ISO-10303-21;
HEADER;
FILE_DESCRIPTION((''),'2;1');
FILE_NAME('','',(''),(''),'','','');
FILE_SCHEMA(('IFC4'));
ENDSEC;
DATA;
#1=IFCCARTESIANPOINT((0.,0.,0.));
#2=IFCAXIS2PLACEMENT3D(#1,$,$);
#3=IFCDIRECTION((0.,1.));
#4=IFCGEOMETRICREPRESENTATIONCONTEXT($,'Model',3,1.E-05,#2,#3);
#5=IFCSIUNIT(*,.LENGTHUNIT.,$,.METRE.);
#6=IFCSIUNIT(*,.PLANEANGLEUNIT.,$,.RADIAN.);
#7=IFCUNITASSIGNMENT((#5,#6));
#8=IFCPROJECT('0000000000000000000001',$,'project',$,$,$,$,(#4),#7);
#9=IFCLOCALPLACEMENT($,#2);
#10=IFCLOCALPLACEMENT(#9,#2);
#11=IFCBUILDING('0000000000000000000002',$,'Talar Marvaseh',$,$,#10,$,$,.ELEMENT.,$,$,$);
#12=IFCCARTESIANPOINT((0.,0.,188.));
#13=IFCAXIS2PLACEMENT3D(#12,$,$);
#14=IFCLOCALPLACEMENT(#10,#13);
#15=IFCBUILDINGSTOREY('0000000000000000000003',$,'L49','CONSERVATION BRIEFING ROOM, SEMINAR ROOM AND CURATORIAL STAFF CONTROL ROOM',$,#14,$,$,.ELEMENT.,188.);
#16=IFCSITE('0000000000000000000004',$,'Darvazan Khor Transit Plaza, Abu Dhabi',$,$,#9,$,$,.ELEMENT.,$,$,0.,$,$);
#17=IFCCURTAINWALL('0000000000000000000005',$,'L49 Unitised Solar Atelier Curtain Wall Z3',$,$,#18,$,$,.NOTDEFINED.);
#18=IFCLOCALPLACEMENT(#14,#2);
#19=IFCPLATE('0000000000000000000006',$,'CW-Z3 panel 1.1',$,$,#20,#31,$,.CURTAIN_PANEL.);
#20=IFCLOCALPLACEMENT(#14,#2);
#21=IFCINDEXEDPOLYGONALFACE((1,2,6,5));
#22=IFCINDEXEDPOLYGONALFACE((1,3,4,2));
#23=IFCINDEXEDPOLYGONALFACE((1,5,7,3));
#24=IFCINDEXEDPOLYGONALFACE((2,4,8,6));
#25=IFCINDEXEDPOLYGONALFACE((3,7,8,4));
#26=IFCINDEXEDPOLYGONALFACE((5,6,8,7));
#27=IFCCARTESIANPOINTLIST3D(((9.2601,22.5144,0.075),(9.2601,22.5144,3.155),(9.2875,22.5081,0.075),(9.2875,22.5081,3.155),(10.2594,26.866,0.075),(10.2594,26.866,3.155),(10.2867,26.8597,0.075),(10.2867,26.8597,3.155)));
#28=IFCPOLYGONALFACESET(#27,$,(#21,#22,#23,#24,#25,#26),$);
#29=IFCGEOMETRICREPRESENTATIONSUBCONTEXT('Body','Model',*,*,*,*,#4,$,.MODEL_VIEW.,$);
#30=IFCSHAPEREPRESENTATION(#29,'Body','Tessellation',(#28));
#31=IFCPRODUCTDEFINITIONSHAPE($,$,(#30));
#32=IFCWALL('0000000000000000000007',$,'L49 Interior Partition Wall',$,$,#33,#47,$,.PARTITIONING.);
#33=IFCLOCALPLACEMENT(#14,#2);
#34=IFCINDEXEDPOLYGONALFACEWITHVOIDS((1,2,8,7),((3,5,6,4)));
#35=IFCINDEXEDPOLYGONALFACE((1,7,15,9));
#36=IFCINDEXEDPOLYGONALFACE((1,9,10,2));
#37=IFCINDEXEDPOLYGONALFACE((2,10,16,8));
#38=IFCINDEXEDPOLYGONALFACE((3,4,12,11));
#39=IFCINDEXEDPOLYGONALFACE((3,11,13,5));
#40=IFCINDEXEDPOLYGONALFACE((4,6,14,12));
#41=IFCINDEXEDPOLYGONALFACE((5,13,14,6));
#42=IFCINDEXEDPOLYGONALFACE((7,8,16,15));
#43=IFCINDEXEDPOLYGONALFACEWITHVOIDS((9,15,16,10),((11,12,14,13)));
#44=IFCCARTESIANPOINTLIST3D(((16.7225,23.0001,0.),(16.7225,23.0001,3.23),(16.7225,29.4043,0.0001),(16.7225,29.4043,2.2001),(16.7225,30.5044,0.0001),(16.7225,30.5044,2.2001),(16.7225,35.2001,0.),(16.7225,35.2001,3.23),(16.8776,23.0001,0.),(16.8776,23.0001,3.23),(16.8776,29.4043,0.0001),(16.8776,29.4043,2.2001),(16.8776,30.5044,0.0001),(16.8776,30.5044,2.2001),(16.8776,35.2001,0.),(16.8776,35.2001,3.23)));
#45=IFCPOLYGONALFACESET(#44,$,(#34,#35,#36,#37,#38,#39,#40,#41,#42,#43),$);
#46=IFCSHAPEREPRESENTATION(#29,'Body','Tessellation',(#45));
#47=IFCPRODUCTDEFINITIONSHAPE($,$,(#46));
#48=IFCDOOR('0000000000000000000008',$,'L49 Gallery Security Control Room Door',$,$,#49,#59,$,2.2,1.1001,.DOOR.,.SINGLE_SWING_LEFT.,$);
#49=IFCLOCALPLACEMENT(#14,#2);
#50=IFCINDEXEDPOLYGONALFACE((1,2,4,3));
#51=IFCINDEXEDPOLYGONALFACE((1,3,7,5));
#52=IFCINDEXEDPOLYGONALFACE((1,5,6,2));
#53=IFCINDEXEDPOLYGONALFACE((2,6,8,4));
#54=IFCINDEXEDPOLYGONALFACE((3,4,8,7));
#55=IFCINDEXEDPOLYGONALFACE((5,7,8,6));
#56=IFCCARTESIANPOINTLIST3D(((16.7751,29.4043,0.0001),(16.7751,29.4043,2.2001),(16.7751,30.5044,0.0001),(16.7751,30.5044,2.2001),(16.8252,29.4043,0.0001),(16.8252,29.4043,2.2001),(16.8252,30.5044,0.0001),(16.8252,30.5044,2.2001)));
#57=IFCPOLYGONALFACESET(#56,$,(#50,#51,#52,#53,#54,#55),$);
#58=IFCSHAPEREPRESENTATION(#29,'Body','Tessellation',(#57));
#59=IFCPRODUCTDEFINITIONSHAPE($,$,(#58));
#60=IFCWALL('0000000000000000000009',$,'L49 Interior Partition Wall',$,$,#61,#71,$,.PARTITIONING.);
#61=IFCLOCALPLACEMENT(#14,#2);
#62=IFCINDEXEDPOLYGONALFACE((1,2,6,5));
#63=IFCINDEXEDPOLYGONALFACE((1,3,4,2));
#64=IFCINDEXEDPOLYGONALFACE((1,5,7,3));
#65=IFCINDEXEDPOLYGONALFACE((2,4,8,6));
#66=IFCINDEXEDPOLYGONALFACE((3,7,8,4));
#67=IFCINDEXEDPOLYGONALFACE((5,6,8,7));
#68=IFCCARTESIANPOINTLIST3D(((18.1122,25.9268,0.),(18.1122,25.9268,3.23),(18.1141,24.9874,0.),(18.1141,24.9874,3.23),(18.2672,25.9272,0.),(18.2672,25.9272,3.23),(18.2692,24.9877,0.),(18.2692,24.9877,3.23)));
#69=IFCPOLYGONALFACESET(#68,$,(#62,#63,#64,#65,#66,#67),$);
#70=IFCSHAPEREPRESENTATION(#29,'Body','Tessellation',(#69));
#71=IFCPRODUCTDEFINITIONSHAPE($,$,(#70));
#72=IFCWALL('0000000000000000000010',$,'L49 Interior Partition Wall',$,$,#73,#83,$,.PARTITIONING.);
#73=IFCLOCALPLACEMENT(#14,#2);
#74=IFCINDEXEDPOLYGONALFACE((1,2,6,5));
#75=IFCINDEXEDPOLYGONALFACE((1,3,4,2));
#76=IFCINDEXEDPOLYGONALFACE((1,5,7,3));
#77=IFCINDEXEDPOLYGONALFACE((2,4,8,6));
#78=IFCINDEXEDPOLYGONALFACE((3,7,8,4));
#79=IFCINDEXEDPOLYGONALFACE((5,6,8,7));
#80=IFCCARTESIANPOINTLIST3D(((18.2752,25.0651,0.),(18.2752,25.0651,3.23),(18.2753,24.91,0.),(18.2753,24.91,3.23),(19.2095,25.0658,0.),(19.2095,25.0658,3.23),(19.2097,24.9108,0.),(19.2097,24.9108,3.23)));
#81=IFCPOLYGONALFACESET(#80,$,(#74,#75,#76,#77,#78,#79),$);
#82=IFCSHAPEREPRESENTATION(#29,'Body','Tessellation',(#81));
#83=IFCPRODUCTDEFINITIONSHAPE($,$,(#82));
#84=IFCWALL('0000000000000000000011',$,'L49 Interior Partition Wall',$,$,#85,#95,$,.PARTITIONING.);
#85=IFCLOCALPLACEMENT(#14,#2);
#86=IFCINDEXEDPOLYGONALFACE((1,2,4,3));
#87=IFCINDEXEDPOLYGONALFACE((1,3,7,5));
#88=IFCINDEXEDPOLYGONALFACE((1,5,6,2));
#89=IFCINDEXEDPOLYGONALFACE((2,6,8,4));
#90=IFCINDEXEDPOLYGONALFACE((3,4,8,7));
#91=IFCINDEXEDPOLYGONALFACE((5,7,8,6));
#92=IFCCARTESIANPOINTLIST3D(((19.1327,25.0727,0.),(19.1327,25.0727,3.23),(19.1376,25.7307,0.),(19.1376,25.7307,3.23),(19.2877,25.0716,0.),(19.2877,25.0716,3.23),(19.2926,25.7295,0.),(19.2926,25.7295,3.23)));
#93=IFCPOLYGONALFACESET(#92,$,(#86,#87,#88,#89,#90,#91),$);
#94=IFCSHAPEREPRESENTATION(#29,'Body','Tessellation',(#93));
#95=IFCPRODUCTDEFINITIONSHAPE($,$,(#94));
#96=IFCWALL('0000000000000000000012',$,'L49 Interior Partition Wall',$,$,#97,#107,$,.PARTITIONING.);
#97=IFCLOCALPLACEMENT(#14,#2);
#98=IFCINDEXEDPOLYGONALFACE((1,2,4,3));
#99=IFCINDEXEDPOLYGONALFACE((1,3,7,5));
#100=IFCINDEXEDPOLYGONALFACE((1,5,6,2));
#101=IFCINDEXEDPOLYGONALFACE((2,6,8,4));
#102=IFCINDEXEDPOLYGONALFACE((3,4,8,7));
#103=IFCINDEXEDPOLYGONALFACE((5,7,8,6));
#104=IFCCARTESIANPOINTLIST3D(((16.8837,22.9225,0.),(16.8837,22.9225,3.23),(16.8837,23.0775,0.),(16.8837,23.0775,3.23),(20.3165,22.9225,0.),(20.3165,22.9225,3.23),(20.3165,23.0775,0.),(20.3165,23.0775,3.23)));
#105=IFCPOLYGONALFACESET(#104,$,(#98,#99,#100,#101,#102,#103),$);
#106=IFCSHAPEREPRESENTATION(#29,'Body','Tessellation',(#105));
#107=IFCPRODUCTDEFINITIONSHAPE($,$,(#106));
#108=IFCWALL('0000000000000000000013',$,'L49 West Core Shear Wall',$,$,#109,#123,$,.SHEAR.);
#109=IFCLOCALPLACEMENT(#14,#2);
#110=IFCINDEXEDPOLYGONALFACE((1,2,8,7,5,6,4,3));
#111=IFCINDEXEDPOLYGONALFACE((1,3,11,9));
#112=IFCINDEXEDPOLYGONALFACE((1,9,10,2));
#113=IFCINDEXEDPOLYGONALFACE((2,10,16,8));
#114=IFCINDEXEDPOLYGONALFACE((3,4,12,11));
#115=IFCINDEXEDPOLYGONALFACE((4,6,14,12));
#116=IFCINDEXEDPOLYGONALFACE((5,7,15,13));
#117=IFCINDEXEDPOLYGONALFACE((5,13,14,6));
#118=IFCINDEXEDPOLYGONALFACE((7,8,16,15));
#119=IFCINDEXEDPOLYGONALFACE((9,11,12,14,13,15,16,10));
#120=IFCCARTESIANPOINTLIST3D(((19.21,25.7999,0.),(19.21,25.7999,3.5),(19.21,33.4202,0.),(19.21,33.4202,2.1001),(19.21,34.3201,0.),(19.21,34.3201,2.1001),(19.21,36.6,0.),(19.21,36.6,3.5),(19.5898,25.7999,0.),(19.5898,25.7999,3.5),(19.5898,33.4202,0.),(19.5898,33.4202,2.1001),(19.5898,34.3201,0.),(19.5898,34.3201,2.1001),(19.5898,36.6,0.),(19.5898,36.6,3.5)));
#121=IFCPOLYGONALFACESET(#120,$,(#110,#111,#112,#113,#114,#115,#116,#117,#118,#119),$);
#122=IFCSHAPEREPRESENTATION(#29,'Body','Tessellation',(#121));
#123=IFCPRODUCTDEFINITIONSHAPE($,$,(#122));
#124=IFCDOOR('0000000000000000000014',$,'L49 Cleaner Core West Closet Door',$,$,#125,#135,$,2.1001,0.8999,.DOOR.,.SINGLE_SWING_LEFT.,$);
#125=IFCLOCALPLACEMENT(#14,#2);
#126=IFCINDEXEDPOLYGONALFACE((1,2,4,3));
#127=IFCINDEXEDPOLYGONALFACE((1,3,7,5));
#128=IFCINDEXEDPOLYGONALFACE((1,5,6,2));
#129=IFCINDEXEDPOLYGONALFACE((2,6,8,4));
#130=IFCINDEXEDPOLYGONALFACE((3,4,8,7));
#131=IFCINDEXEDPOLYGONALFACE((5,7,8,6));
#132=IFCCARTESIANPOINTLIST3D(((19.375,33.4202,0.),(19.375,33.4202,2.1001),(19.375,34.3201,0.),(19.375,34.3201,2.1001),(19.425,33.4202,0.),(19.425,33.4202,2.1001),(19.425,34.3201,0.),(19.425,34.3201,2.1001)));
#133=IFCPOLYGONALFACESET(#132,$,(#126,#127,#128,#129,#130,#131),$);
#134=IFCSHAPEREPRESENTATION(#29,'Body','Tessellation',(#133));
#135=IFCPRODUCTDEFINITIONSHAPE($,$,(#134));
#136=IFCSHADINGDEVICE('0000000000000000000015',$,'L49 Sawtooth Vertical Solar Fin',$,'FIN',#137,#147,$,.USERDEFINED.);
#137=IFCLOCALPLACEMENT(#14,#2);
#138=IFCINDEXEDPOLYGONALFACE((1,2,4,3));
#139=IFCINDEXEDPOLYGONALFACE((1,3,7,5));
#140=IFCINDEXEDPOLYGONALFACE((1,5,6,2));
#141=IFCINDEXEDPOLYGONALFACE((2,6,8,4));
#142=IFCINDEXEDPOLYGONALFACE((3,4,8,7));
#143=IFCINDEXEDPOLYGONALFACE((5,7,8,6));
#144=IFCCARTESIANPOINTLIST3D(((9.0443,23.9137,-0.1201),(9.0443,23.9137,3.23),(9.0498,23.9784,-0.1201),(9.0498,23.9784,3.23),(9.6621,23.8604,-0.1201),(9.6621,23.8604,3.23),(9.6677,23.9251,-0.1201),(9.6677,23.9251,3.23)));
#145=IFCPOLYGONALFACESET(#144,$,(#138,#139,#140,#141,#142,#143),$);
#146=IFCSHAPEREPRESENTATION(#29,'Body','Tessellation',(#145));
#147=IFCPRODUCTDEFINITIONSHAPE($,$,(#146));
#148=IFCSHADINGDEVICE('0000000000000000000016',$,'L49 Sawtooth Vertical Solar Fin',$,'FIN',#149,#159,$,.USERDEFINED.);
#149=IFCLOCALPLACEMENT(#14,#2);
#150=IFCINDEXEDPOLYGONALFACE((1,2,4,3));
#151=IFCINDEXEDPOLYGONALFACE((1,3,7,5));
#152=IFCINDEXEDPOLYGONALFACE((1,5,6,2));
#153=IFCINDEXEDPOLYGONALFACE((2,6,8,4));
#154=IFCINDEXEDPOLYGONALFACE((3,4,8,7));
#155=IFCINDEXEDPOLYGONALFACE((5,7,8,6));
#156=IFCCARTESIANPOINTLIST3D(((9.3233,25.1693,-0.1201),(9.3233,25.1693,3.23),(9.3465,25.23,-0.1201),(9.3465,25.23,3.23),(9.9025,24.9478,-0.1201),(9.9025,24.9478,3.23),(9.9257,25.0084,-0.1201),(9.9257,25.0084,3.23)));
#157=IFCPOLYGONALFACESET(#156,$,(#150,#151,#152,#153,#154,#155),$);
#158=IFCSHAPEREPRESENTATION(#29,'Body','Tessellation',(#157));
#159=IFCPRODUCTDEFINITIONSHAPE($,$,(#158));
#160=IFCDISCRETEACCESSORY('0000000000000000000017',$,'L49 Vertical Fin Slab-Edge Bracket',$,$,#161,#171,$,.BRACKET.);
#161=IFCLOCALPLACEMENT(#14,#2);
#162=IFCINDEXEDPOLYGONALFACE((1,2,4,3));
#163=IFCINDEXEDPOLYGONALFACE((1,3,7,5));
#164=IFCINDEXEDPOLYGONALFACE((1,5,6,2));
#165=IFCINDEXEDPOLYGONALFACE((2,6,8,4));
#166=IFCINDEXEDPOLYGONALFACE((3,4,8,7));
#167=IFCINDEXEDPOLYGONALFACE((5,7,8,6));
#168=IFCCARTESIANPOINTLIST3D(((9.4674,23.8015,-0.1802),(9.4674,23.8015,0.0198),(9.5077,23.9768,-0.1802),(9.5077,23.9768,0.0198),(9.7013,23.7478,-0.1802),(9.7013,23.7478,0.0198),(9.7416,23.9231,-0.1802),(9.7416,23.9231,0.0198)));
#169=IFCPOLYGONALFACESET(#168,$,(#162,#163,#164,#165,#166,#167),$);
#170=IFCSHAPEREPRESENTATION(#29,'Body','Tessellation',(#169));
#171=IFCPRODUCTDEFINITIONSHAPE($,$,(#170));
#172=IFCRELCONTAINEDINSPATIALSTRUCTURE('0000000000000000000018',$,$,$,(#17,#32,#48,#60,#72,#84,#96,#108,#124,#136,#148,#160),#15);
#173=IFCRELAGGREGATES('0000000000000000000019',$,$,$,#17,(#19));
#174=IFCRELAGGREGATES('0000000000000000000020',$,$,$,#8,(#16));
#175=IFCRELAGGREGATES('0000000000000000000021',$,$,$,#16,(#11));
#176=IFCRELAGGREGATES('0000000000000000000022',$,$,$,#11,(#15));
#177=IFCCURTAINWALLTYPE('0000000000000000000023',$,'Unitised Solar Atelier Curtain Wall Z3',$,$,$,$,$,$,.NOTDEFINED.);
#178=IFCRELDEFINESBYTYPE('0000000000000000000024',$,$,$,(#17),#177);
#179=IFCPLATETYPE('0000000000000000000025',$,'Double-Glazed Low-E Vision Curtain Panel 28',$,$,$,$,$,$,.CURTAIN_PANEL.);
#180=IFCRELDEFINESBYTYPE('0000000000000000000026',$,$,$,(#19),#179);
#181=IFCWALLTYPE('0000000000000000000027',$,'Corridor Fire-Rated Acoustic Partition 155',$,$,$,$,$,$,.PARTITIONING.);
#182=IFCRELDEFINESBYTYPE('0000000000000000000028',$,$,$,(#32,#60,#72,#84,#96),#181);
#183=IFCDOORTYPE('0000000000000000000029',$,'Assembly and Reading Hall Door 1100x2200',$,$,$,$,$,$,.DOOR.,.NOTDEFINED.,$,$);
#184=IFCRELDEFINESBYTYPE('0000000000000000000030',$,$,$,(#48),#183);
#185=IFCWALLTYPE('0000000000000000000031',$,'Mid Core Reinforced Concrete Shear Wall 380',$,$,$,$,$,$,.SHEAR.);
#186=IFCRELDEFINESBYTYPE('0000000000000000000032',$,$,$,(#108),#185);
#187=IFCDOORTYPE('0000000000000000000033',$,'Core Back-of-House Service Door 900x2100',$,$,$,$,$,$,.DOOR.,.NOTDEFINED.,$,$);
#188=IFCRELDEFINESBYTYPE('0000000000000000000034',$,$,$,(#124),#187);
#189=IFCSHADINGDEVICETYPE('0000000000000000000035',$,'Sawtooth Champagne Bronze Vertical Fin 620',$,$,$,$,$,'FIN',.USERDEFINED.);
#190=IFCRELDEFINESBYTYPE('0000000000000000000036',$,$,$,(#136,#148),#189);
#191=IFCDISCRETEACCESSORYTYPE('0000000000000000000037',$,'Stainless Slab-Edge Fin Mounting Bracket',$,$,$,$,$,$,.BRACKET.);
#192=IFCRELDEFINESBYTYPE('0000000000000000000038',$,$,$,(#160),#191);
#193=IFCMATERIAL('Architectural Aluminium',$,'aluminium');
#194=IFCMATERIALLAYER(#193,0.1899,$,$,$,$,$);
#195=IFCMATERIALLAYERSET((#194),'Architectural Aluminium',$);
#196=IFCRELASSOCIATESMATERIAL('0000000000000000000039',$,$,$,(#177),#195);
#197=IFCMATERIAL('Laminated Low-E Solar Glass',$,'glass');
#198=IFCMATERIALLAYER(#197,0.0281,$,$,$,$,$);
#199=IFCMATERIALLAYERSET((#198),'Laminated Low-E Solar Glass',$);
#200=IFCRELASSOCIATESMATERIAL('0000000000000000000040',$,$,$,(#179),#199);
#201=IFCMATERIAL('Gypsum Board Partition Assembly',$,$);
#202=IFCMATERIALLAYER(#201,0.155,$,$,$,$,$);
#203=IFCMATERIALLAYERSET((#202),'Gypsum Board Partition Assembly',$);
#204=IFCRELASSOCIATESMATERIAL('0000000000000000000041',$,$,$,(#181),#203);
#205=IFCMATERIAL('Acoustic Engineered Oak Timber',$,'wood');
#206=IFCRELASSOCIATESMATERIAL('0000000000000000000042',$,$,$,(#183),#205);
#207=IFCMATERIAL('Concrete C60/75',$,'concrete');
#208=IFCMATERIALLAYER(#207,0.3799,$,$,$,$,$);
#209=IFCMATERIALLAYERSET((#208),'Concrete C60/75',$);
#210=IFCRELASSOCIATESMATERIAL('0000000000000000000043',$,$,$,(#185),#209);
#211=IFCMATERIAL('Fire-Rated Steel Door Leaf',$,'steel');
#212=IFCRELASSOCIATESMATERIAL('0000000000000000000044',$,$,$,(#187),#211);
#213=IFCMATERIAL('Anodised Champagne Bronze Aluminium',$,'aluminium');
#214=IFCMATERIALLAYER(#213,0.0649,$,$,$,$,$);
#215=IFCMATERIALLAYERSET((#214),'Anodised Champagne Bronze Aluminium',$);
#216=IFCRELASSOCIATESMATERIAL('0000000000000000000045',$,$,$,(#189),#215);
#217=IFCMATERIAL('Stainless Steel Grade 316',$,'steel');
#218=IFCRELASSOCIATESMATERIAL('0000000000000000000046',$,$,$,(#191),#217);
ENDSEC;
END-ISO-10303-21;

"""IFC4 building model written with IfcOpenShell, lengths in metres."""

from ifc_helpers import new_model, si_unit, direction, frame, frame_2d, origin, origin_2d, place, context, subcontext, project, spatial, rectangle, extrude, source, transform, mapped, material, layer, layer_set, type_object, type_shapes, element, fill, aggregate, save


model = new_model("IFC4")

# Units and contexts
model_context = context("Model", 3, precision=1e-05, world=origin(), true_north=direction((0.0, 1.0)))
body_context = subcontext(model_context, "Body", "Model", "MODEL_VIEW")
ifc_project = project(units=[si_unit("LENGTHUNIT", "METRE"), si_unit("PLANEANGLEUNIT", "RADIAN")], contexts=[model_context])

# Site, building, storey
site_placement = place(None, origin())
site = spatial("IfcSite", under=ifc_project, at=site_placement, Name="Darvazan Khor Transit Plaza, Abu Dhabi", CompositionType="ELEMENT", RefElevation=0.0)
building_placement = place(site_placement, origin())
building = spatial("IfcBuilding", under=site, at=building_placement, Name="Talar Marvaseh", CompositionType="ELEMENT")
storey_placement = place(building_placement, frame((0.0, 0.0, 188.0)))
storey = spatial("IfcBuildingStorey", under=building, at=storey_placement, Name="L49", Description="CONSERVATION BRIEFING ROOM, SEMINAR ROOM AND CURATORIAL STAFF CONTROL ROOM", CompositionType="ELEMENT", Elevation=188.0)

# Shared definitions
ifc_material_1 = material(Name="Concrete C60/75", Category="concrete")

# Curtain wall, plate
ifc_material_2 = material(Name="Architectural Aluminium", Category="aluminium")
ifc_layer_1 = layer(ifc_material_2, 0.1899)
ifc_layer_set_1 = layer_set([ifc_layer_1], Name="Architectural Aluminium")
curtain_wall_type = type_object("IfcCurtainWallType", Name="Unitised Solar Atelier Curtain Wall Z3", PredefinedType="NOTDEFINED", material=ifc_layer_set_1)
curtain_wall_placement = place(storey_placement, origin())
curtain_wall = element("IfcCurtainWall", 1, at=curtain_wall_placement, inside=storey, type_object=curtain_wall_type, Name="L49 Unitised Solar Atelier Curtain Wall Z3", PredefinedType="NOTDEFINED")
ifc_material_3 = material(Name="Laminated Low-E Solar Glass", Category="glass")
ifc_layer_2 = layer(ifc_material_3, 0.0281)
ifc_layer_set_2 = layer_set([ifc_layer_2], Name="Laminated Low-E Solar Glass")
plate_type = type_object("IfcPlateType", Name="Double-Glazed Low-E Vision Curtain Panel 28", PredefinedType="CURTAIN_PANEL", material=ifc_layer_set_2)
shared_shape_1 = source(origin(), body_context, "Body", "SweptSolid", [
    extrude(rectangle(XDim=4.4648, YDim=0.0281, at=origin_2d()), origin(), (0.0, 0.0, 1.0), 3.0801),
])
type_shapes(plate_type, [shared_shape_1])
plate_placement = place(storey_placement, frame((9.7734, 24.687, 0.075), z_axis=(0.0, 0.0, 1.0), x_axis=(0.223796, 0.974636, 0.0)))
plate = element("IfcPlate", 2, at=plate_placement, type_object=plate_type, Name="CW-Z3 panel 1.1", PredefinedType="CURTAIN_PANEL", context=body_context, shape_type="MappedRepresentation", body=[
    mapped(shared_shape_1, transform((0.0, 0.0, 0.0), x_axis=(1.0, 0.0, 0.0), y_axis=(0.0, 1.0, 0.0), z_axis=(0.0, 0.0, 1.0), scale=1.0)),
])
aggregate(curtain_wall, [plate])

# Wall, opening, door
ifc_material_4 = material(Name="Gypsum Board Partition Assembly")
ifc_layer_3 = layer(ifc_material_4, 0.155)
ifc_layer_set_3 = layer_set([ifc_layer_3], Name="Gypsum Board Partition Assembly")
wall_type_1 = type_object("IfcWallType", Name="Corridor Fire-Rated Acoustic Partition 155", PredefinedType="PARTITIONING", material=ifc_layer_set_3)
wall_1_placement = place(storey_placement, frame((16.8, 23.0, 0.0), z_axis=(0.0, 0.0, 1.0), x_axis=(0.0, 1.0, 0.0)))
wall_1 = element("IfcWall", 3, at=wall_1_placement, inside=storey, type_object=wall_type_1, Name="L49 Interior Partition Wall", PredefinedType="PARTITIONING", context=body_context, shape_type="SweptSolid", body=[
    extrude(rectangle(XDim=12.2, YDim=0.155, at=frame_2d((6.1001, 0.0))), origin(), (0.0, 0.0, 1.0), 3.23),
])
opening_1_placement = place(wall_1_placement, frame((6.4043, 0.0, 0.0)))
opening_1 = element("IfcOpeningElement", 4, at=opening_1_placement, cuts=wall_1, PredefinedType="OPENING", context=body_context, shape_type="SweptSolid", body=[
    extrude(rectangle(XDim=1.1001, YDim=2.2, at=frame_2d((0.55, 1.1001))), frame((0.0, 0.0874, 0.0), z_axis=(0.0, -1.0, 0.0), x_axis=(1.0, 0.0, 0.0)), (0.0, 0.0, 1.0), 0.175),
])
ifc_material_5 = material(Name="Acoustic Engineered Oak Timber", Category="wood")
door_type_1 = type_object("IfcDoorType", Name="Assembly and Reading Hall Door 1100x2200", OperationType="NOTDEFINED", PredefinedType="DOOR", material=ifc_material_5)
shared_shape_2 = source(origin(), body_context, "Body", "SweptSolid", [
    extrude(rectangle(XDim=1.1001, YDim=2.2, at=frame_2d((0.55, 1.1001))), frame((0.0, 0.0249, 0.0), z_axis=(0.0, -1.0, 0.0), x_axis=(1.0, 0.0, 0.0)), (0.0, 0.0, 1.0), 0.05),
])
type_shapes(door_type_1, [shared_shape_2])
door_1_placement = place(opening_1_placement, origin())
door_1 = element("IfcDoor", 5, at=door_1_placement, inside=storey, type_object=door_type_1, Name="L49 Gallery Security Control Room Door", OperationType="SINGLE_SWING_LEFT", OverallHeight=2.2, OverallWidth=1.1001, PredefinedType="DOOR", context=body_context, shape_type="MappedRepresentation", body=[
    mapped(shared_shape_2, transform((0.0, 0.0, 0.0), x_axis=(1.0, 0.0, 0.0), y_axis=(0.0, 1.0, 0.0), z_axis=(0.0, 0.0, 1.0), scale=1.0)),
])
fill(opening_1, door_1)

# Walls
wall_2_placement = place(storey_placement, frame((18.1897, 25.927, 0.0), z_axis=(0.0, 0.0, 1.0), x_axis=(0.002079, -0.999998, 0.0)))
element("IfcWall", 6, at=wall_2_placement, inside=storey, type_object=wall_type_1, Name="L49 Interior Partition Wall", PredefinedType="PARTITIONING", context=body_context, shape_type="SweptSolid", body=[
    extrude(rectangle(XDim=0.9395, YDim=0.155, at=frame_2d((0.4697, 0.0))), origin(), (0.0, 0.0, 1.0), 3.23),
])
wall_3_placement = place(storey_placement, frame((18.2751, 24.9875, 0.0), z_axis=(0.0, 0.0, 1.0), x_axis=(1.0, 0.000784, 0.0)))
element("IfcWall", 7, at=wall_3_placement, inside=storey, type_object=wall_type_1, Name="L49 Interior Partition Wall", PredefinedType="PARTITIONING", context=body_context, shape_type="SweptSolid", body=[
    extrude(rectangle(XDim=0.9343, YDim=0.155, at=frame_2d((0.4673, 0.0))), origin(), (0.0, 0.0, 1.0), 3.23),
])
wall_4_placement = place(storey_placement, frame((19.2102, 25.072, 0.0), z_axis=(0.0, 0.0, 1.0), x_axis=(0.007421, 0.999972, 0.0)))
element("IfcWall", 8, at=wall_4_placement, inside=storey, type_object=wall_type_1, Name="L49 Interior Partition Wall", PredefinedType="PARTITIONING", context=body_context, shape_type="SweptSolid", body=[
    extrude(rectangle(XDim=0.658, YDim=0.155, at=frame_2d((0.3291, 0.0))), origin(), (0.0, 0.0, 1.0), 3.23),
])
wall_5_placement = place(storey_placement, frame((20.3164, 23.0, 0.0), z_axis=(0.0, 0.0, 1.0), x_axis=(-1.0, 0.0, 0.0)))
element("IfcWall", 9, at=wall_5_placement, inside=storey, type_object=wall_type_1, Name="L49 Interior Partition Wall", PredefinedType="PARTITIONING", context=body_context, shape_type="SweptSolid", body=[
    extrude(rectangle(XDim=3.4329, YDim=0.155, at=frame_2d((1.7163, 0.0))), origin(), (0.0, 0.0, 1.0), 3.23),
])

# Wall, opening, door
ifc_layer_4 = layer(ifc_material_1, 0.3799)
ifc_layer_set_4 = layer_set([ifc_layer_4], Name="Concrete C60/75")
wall_type_2 = type_object("IfcWallType", Name="Mid Core Reinforced Concrete Shear Wall 380", PredefinedType="SHEAR", material=ifc_layer_set_4)
wall_6_placement = place(storey_placement, frame((19.3999, 25.8, 0.0), z_axis=(0.0, 0.0, 1.0), x_axis=(0.0, 1.0, 0.0)))
wall_6 = element("IfcWall", 10, at=wall_6_placement, inside=storey, type_object=wall_type_2, Name="L49 West Core Shear Wall", PredefinedType="SHEAR", context=body_context, shape_type="SweptSolid", body=[
    extrude(rectangle(XDim=10.8, YDim=0.3799, at=frame_2d((5.3999, 0.0))), origin(), (0.0, 0.0, 1.0), 3.5),
])
opening_2_placement = place(wall_6_placement, frame((7.6201, 0.0, 0.0)))
opening_2 = element("IfcOpeningElement", 11, at=opening_2_placement, cuts=wall_6, PredefinedType="OPENING", context=body_context, shape_type="SweptSolid", body=[
    extrude(rectangle(XDim=0.8999, YDim=2.1001, at=frame_2d((0.45, 1.05))), frame((0.0, 0.2, 0.0), z_axis=(0.0, -1.0, 0.0), x_axis=(1.0, 0.0, 0.0)), (0.0, 0.0, 1.0), 0.3999),
])
ifc_material_6 = material(Name="Fire-Rated Steel Door Leaf", Category="steel")
door_type_2 = type_object("IfcDoorType", Name="Core Back-of-House Service Door 900x2100", OperationType="NOTDEFINED", PredefinedType="DOOR", material=ifc_material_6)
shared_shape_3 = source(origin(), body_context, "Body", "SweptSolid", [
    extrude(rectangle(XDim=0.8999, YDim=2.1001, at=frame_2d((0.45, 1.05))), frame((0.0, 0.0249, 0.0), z_axis=(0.0, -1.0, 0.0), x_axis=(1.0, 0.0, 0.0)), (0.0, 0.0, 1.0), 0.05),
])
type_shapes(door_type_2, [shared_shape_3])
door_2_placement = place(opening_2_placement, origin())
door_2 = element("IfcDoor", 12, at=door_2_placement, inside=storey, type_object=door_type_2, Name="L49 Cleaner Core West Closet Door", OperationType="SINGLE_SWING_LEFT", OverallHeight=2.1001, OverallWidth=0.8999, PredefinedType="DOOR", context=body_context, shape_type="MappedRepresentation", body=[
    mapped(shared_shape_3, transform((0.0, 0.0, 0.0), x_axis=(1.0, 0.0, 0.0), y_axis=(0.0, 1.0, 0.0), z_axis=(0.0, 0.0, 1.0), scale=1.0)),
])
fill(opening_2, door_2)

# Shading devices
ifc_material_7 = material(Name="Anodised Champagne Bronze Aluminium", Category="aluminium")
ifc_layer_5 = layer(ifc_material_7, 0.0649)
ifc_layer_set_5 = layer_set([ifc_layer_5], Name="Anodised Champagne Bronze Aluminium")
shading_device_type = type_object("IfcShadingDeviceType", Name="Sawtooth Champagne Bronze Vertical Fin 620", ElementType="FIN", PredefinedType="USERDEFINED", material=ifc_layer_set_5)
shared_shape_4 = source(origin(), body_context, "Body", "SweptSolid", [
    extrude(rectangle(XDim=0.6201, YDim=0.0649, at=origin_2d()), origin(), (0.0, 0.0, 1.0), 3.3501),
])
type_shapes(shading_device_type, [shared_shape_4])
for number, where, z_axis, x_axis, name in (
    (13, (9.356, 23.9194, -0.1201), (0.0, 0.0, 1.0), (-0.9963, 0.085939, 0.0), "L49 Sawtooth Vertical Solar Fin"),
    (14, (9.6245, 25.0889, -0.1201), (0.0, 0.0, 1.0), (-0.934018, 0.357227, 0.0), "L49 Sawtooth Vertical Solar Fin"),
):
    element("IfcShadingDevice", number, at=place(storey_placement, frame(where, z_axis=z_axis, x_axis=x_axis)), inside=storey, type_object=shading_device_type, Name=name, ObjectType="FIN", PredefinedType="USERDEFINED", context=body_context, shape_type="MappedRepresentation", body=[
        mapped(shared_shape_4, transform((0.0, 0.0, 0.0), x_axis=(1.0, 0.0, 0.0), y_axis=(0.0, 1.0, 0.0), z_axis=(0.0, 0.0, 1.0), scale=1.0)),
    ])

# Discrete accessory
ifc_material_8 = material(Name="Stainless Steel Grade 316", Category="steel")
discrete_accessory_type = type_object("IfcDiscreteAccessoryType", Name="Stainless Slab-Edge Fin Mounting Bracket", PredefinedType="BRACKET", material=ifc_material_8)
shared_shape_5 = source(origin(), body_context, "Body", "SweptSolid", [
    extrude(rectangle(XDim=0.24, YDim=0.1799, at=origin_2d()), origin(), (0.0, 0.0, 1.0), 0.2),
])
type_shapes(discrete_accessory_type, [shared_shape_5])
for number, where, z_axis, x_axis, name in (
    (15, (9.6045, 23.8623, -0.1802), (0.0, 0.0, 1.0), (-0.974644, 0.22376, 0.0), "L49 Vertical Fin Slab-Edge Bracket"),
):
    element("IfcDiscreteAccessory", number, at=place(storey_placement, frame(where, z_axis=z_axis, x_axis=x_axis)), inside=storey, type_object=discrete_accessory_type, Name=name, PredefinedType="BRACKET", context=body_context, shape_type="MappedRepresentation", body=[
        mapped(shared_shape_5, transform((0.0, 0.0, 0.0), x_axis=(1.0, 0.0, 0.0), y_axis=(0.0, 1.0, 0.0), z_axis=(0.0, 0.0, 1.0), scale=1.0)),
    ])

save(model, "model.ifc")
